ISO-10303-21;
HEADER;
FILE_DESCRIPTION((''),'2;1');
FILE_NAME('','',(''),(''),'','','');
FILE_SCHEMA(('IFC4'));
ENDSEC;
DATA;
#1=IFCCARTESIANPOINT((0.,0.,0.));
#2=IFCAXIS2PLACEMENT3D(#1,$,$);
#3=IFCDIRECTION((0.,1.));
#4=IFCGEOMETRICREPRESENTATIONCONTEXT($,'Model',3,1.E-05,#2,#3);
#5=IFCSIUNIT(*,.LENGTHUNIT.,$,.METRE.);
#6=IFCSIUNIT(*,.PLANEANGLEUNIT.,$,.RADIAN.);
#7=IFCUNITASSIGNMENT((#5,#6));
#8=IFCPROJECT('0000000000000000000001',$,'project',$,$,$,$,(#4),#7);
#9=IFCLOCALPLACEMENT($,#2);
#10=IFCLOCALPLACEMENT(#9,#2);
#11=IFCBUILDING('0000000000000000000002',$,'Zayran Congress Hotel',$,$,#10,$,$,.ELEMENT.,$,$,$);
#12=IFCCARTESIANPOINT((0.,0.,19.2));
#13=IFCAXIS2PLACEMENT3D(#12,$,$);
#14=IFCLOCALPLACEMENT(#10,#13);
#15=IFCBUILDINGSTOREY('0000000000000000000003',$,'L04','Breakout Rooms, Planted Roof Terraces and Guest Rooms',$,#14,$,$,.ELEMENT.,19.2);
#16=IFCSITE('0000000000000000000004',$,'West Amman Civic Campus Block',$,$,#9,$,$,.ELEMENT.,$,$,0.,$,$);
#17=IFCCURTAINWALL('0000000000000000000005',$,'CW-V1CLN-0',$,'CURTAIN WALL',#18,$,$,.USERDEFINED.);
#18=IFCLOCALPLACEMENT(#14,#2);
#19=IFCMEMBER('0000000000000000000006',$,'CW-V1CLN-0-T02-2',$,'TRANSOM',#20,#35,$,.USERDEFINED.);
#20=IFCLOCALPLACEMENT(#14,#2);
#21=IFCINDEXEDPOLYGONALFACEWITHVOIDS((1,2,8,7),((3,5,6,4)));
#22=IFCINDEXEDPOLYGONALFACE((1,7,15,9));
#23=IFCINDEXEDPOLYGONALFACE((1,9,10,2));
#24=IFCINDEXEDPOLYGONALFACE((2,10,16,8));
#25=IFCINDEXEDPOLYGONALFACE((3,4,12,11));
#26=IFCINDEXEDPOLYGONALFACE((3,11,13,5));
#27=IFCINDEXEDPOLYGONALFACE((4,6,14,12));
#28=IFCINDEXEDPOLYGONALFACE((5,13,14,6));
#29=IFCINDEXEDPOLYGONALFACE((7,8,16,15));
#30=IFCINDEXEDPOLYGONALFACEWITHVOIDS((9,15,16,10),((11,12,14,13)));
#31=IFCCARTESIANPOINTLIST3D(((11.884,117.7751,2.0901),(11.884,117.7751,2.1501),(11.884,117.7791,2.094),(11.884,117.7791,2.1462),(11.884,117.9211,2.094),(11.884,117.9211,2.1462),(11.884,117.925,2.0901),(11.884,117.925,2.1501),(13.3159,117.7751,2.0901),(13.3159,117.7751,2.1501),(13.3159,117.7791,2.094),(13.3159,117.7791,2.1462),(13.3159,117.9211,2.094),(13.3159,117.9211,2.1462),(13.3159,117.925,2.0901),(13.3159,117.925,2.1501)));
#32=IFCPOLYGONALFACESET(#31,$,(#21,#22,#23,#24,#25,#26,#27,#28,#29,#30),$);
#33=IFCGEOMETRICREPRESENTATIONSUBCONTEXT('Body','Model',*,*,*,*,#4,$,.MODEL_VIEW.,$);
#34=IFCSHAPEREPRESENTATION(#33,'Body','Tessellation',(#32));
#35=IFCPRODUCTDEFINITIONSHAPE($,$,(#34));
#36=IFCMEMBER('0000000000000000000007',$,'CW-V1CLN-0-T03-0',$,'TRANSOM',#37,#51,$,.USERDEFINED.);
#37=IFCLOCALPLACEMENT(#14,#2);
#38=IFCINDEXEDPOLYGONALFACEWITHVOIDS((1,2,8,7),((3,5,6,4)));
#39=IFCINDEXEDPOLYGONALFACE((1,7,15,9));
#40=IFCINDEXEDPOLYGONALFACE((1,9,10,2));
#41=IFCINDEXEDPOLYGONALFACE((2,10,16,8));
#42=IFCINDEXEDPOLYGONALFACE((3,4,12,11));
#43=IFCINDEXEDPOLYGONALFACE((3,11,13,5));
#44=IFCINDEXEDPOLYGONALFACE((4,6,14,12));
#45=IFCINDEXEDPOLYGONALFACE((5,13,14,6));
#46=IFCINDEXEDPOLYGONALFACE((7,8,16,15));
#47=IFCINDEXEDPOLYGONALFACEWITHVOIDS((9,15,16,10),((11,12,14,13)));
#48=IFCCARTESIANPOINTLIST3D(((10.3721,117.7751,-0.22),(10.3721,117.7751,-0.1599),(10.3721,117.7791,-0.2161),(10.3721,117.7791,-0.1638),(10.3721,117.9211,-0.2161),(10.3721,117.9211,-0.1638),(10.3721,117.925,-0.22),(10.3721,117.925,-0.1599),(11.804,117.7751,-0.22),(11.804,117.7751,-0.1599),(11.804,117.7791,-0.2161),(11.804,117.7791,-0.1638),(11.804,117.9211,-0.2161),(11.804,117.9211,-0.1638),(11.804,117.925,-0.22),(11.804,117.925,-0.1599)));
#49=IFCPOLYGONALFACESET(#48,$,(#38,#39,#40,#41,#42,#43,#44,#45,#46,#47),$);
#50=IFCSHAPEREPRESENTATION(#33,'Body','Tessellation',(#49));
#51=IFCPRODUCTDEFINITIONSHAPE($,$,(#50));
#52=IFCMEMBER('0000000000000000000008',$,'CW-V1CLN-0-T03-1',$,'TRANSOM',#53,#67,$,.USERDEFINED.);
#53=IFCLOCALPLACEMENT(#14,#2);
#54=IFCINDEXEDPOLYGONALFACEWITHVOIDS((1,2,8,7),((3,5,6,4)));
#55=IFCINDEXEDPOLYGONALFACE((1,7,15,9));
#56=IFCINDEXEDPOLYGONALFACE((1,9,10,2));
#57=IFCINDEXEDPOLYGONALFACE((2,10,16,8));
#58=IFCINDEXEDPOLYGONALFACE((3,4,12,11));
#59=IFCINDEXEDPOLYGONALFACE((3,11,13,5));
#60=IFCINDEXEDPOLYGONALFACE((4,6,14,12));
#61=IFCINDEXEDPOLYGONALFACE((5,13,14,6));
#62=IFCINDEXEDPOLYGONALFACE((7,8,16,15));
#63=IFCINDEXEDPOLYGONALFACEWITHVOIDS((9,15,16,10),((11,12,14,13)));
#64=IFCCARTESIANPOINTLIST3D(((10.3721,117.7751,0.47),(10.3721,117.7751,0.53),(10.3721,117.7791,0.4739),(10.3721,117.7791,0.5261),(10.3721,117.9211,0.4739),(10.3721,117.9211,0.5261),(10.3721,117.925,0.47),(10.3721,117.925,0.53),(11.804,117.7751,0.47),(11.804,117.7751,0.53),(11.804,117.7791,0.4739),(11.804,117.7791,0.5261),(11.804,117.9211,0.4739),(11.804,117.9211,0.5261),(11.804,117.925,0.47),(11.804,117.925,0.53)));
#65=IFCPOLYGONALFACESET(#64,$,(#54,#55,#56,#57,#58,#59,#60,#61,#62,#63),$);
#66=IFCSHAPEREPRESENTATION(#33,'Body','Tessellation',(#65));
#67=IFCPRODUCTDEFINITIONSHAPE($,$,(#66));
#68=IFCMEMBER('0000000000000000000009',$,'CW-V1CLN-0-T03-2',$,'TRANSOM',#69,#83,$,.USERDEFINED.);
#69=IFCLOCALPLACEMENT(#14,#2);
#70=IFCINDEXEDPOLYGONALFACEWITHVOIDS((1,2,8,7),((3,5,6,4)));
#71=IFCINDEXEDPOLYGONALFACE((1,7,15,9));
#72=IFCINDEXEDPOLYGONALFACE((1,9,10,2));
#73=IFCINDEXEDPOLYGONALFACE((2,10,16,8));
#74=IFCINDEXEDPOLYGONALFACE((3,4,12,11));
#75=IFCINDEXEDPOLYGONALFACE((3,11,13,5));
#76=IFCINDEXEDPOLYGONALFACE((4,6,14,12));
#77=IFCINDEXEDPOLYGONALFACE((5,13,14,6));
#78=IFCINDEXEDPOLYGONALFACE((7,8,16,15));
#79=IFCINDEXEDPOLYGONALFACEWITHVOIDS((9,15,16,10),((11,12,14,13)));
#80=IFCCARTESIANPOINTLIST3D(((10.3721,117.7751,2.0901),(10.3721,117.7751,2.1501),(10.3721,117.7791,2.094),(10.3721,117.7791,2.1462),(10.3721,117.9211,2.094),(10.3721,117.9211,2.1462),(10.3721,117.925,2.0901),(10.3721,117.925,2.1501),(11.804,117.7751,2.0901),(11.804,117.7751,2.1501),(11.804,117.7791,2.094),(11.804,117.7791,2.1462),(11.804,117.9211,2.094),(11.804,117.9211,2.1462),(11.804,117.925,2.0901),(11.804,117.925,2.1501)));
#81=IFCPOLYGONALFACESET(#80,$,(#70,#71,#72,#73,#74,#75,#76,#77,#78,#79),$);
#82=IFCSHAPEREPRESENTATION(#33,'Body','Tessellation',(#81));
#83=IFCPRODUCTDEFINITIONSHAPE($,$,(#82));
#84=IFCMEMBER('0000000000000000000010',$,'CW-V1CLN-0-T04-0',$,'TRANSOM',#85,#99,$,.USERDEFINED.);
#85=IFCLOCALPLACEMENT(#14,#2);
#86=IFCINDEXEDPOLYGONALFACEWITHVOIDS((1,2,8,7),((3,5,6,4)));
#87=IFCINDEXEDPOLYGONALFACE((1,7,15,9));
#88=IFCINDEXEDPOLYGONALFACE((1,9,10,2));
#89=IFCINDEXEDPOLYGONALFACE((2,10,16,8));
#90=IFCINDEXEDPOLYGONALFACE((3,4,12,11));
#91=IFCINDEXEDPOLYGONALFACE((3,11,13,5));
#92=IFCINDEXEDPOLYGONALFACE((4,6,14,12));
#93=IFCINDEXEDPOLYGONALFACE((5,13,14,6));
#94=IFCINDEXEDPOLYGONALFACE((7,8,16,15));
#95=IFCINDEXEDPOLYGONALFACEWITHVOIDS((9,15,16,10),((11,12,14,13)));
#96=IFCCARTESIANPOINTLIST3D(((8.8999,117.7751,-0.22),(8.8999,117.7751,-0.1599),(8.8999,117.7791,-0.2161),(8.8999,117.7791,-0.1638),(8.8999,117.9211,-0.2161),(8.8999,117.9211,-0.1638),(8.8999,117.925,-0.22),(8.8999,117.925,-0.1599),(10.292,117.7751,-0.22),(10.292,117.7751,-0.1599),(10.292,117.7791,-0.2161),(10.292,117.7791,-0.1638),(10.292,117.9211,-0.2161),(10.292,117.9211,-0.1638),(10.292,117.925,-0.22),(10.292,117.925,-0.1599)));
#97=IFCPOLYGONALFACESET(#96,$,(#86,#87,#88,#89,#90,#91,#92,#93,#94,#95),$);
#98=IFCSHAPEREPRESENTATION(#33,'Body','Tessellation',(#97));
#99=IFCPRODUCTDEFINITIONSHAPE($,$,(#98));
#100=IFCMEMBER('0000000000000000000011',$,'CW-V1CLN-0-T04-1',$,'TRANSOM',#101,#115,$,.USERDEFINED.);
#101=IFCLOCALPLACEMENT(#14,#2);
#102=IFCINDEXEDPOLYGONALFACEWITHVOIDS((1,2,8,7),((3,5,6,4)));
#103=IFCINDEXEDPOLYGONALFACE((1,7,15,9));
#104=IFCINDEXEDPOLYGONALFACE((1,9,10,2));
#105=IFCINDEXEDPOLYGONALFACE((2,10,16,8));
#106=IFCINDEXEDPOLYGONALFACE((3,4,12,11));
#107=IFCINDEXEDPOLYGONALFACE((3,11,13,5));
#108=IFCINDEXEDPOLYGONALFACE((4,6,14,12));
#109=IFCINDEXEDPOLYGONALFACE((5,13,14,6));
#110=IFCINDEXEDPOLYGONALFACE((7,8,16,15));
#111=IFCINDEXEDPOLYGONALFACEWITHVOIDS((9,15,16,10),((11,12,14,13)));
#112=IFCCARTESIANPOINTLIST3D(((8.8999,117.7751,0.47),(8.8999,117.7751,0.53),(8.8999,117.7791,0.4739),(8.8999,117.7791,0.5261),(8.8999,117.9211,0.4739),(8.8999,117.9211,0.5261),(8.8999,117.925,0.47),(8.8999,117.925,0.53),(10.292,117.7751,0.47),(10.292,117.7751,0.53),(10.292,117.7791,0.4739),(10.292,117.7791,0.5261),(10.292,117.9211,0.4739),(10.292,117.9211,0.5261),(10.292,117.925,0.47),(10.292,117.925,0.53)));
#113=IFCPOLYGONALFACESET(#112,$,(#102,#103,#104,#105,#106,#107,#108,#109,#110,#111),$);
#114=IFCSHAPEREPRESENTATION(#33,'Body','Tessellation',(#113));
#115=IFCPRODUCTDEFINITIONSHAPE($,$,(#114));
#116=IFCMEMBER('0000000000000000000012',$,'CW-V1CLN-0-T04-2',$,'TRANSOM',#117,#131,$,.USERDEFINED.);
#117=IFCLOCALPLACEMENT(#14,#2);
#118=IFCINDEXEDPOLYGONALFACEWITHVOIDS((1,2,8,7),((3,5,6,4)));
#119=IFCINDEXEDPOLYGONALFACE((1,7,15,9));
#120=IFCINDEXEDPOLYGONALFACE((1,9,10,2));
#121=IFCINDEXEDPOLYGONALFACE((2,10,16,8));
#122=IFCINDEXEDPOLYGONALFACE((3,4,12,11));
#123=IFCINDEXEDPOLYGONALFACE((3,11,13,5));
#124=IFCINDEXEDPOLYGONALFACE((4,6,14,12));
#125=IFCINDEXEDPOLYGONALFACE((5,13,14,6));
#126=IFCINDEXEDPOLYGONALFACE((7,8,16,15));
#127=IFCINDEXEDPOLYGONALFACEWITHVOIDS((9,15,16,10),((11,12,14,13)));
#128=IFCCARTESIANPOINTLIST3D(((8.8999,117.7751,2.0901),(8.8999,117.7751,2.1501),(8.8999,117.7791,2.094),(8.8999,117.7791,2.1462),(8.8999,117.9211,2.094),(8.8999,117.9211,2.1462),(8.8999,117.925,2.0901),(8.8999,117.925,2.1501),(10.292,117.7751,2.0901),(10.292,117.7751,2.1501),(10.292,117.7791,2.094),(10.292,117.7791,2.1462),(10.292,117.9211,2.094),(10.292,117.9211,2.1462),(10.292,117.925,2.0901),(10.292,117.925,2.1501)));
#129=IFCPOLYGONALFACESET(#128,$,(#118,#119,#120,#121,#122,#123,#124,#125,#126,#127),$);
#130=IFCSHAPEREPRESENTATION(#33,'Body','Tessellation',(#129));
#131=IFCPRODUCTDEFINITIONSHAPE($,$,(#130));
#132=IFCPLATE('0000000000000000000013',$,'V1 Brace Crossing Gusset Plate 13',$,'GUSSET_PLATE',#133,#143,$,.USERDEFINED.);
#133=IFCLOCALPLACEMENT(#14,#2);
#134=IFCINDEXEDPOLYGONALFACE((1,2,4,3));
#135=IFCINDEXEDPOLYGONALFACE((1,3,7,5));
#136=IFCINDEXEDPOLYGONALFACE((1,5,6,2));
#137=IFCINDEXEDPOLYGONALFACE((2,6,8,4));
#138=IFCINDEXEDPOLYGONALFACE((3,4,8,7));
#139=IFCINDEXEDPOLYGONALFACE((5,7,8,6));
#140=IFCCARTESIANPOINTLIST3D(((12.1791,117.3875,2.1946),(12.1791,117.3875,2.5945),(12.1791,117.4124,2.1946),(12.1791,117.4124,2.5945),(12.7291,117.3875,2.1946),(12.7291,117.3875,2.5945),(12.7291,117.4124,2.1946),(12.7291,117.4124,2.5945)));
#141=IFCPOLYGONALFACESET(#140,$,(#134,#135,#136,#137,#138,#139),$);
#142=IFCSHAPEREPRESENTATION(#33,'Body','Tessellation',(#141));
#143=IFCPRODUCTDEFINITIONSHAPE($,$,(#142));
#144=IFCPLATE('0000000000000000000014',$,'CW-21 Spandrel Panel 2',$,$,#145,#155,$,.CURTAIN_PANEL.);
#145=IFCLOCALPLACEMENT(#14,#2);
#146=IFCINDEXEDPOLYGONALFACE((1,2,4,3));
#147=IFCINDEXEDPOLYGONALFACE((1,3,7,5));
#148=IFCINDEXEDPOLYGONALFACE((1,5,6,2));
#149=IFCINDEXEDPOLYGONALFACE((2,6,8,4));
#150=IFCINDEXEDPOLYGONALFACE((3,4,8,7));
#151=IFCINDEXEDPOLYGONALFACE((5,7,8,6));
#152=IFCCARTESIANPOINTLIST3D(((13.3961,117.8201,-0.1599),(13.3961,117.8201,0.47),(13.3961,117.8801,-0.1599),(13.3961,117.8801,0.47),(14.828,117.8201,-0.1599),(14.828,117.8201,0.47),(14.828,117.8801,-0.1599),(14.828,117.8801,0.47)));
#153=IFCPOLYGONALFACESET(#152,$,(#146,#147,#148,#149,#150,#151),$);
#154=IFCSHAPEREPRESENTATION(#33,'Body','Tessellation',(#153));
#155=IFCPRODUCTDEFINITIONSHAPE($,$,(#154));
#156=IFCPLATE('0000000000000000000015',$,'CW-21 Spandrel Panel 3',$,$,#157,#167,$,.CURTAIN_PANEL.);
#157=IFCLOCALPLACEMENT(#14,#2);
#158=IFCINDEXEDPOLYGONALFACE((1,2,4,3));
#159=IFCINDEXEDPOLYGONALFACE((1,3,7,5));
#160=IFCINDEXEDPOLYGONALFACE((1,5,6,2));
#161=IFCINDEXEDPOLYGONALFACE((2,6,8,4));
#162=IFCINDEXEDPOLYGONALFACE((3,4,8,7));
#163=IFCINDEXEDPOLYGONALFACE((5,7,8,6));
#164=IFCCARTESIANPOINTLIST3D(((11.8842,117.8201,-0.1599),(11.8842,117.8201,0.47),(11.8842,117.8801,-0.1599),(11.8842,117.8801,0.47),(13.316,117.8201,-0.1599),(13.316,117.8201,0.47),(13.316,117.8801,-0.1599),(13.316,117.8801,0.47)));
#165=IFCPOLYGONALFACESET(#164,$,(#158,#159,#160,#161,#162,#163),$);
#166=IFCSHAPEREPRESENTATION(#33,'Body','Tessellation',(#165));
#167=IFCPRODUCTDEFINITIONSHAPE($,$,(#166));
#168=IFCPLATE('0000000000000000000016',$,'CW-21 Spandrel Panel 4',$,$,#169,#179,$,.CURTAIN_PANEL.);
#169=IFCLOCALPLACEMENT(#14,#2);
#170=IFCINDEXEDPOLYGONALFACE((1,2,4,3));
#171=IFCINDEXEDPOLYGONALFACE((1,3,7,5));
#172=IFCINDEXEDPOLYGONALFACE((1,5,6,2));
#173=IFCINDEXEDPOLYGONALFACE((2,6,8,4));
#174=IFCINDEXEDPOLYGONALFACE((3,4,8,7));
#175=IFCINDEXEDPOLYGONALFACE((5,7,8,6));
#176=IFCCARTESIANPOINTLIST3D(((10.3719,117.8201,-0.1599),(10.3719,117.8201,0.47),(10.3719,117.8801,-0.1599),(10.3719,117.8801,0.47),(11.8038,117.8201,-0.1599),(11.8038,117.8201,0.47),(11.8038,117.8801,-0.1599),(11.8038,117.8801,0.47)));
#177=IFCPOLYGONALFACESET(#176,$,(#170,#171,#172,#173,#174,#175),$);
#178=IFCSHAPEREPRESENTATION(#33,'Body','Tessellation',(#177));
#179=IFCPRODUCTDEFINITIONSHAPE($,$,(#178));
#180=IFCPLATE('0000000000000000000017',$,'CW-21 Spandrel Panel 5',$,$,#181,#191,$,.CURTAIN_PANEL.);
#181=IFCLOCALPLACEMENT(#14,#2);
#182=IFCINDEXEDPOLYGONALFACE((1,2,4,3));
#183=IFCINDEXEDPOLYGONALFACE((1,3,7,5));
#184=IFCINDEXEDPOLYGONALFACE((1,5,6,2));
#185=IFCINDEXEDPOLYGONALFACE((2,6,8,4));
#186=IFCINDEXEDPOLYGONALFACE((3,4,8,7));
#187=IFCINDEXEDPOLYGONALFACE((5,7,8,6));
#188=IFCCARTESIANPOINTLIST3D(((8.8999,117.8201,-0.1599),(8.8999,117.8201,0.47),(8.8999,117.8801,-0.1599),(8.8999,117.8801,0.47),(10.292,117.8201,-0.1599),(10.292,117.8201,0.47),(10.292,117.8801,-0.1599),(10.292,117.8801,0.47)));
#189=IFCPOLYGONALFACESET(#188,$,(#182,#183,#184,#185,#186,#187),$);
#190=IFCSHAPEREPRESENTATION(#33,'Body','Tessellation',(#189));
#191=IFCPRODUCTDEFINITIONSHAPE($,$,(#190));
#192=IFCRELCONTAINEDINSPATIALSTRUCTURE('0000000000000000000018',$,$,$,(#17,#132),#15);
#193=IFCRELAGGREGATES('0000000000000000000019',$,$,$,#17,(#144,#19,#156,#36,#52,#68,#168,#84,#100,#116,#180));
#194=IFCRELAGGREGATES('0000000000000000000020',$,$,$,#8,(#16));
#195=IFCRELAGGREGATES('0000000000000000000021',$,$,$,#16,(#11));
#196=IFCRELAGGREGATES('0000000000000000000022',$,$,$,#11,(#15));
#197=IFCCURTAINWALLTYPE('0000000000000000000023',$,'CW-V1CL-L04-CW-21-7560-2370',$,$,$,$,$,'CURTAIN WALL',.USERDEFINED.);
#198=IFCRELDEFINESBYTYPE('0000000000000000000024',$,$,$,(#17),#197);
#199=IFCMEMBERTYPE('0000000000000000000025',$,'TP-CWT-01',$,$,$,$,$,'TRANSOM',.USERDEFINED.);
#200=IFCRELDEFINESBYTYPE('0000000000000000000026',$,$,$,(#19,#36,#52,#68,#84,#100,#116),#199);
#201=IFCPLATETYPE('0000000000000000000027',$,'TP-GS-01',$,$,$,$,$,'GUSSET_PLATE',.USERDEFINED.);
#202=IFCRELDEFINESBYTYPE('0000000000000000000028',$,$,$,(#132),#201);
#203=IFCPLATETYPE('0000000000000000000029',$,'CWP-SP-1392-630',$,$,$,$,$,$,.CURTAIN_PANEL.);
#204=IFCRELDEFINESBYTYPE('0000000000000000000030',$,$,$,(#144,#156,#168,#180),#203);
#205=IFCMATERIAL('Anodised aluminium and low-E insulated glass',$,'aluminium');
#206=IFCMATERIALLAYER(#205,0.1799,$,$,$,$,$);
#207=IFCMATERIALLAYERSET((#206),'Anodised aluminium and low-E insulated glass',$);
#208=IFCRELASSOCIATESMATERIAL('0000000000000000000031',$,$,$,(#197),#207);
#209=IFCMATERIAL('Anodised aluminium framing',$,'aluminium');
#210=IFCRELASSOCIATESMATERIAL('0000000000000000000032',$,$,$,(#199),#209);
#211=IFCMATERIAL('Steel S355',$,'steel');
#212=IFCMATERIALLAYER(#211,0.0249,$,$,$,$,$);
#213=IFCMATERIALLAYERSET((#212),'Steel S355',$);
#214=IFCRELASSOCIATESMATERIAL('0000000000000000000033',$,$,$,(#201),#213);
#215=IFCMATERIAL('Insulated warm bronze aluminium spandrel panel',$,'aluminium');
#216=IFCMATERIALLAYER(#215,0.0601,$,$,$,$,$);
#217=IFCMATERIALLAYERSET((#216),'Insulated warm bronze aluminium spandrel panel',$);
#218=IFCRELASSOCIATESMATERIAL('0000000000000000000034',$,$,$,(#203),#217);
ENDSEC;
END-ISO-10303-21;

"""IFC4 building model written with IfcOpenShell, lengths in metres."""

from ifc_helpers import new_model, si_unit, direction, frame, origin, origin_2d, place, context, subcontext, project, spatial, rectangle, hollow_rectangle, extrude, material, layer, layer_set, material_profile, profile_set, type_object, element, aggregate, save


model = new_model("IFC4")

# Units and contexts
model_context = context("Model", 3, precision=1e-05, world=origin(), true_north=direction((0.0, 1.0)))
body_context = subcontext(model_context, "Body", "Model", "MODEL_VIEW")
ifc_project = project(units=[si_unit("LENGTHUNIT", "METRE"), si_unit("PLANEANGLEUNIT", "RADIAN")], contexts=[model_context])

# Site, building, storey
site_placement = place(None, origin())
site = spatial("IfcSite", under=ifc_project, at=site_placement, Name="West Amman Civic Campus Block", CompositionType="ELEMENT", RefElevation=0.0)
building_placement = place(site_placement, origin())
building = spatial("IfcBuilding", under=site, at=building_placement, Name="Zayran Congress Hotel", CompositionType="ELEMENT")
storey_placement = place(building_placement, frame((0.0, 0.0, 19.2)))
storey = spatial("IfcBuildingStorey", under=building, at=storey_placement, Name="L04", Description="Breakout Rooms, Planted Roof Terraces and Guest Rooms", CompositionType="ELEMENT", Elevation=19.2)

# Shared definitions
ifc_material_1 = material(Name="Steel S355", Category="steel")

# Curtain wall, members
ifc_material_2 = material(Name="Anodised aluminium and low-E insulated glass", Category="aluminium")
ifc_layer_1 = layer(ifc_material_2, 0.1799)
ifc_layer_set_1 = layer_set([ifc_layer_1], Name="Anodised aluminium and low-E insulated glass")
curtain_wall_type = type_object("IfcCurtainWallType", Name="CW-V1CL-L04-CW-21-7560-2370", ElementType="CURTAIN WALL", PredefinedType="USERDEFINED", material=ifc_layer_set_1)
curtain_wall_placement = place(storey_placement, origin())
curtain_wall = element("IfcCurtainWall", 1, at=curtain_wall_placement, inside=storey, type_object=curtain_wall_type, Name="CW-V1CLN-0", ObjectType="CURTAIN WALL", PredefinedType="USERDEFINED")
ifc_material_3 = material(Name="Anodised aluminium framing", Category="aluminium")
ifc_material_profile_1 = material_profile(ifc_material_3, hollow_rectangle(XDim=0.0601, YDim=0.1499, WallThickness=0.0039, at=origin_2d()), Name="RHS 150x60x4")
ifc_profile_set_1 = profile_set([ifc_material_profile_1], Name="Anodised aluminium framing")
member_type_1 = type_object("IfcMemberType", Name="TP-CWT-01", ElementType="TRANSOM", PredefinedType="USERDEFINED", material=ifc_profile_set_1)
member_1_placement = place(storey_placement, frame((13.3159, 117.8501, 2.1201), z_axis=(-1.0, 0.0, 0.0), x_axis=(0.0, 0.0, 1.0)))
member_1 = element("IfcMember", 2, at=member_1_placement, type_object=member_type_1, Name="CW-V1CLN-0-T02-2", ObjectType="TRANSOM", PredefinedType="USERDEFINED", context=body_context, shape_type="SweptSolid", body=[
    extrude(hollow_rectangle(XDim=0.0601, YDim=0.1499, WallThickness=0.0039, at=origin_2d()), origin(), (0.0, 0.0, 1.0), 1.4319),
])
member_2_placement = place(storey_placement, frame((11.804, 117.8501, -0.1899), z_axis=(-1.0, 0.0, 0.0), x_axis=(0.0, 0.0, 1.0)))
member_2 = element("IfcMember", 3, at=member_2_placement, type_object=member_type_1, Name="CW-V1CLN-0-T03-0", ObjectType="TRANSOM", PredefinedType="USERDEFINED", context=body_context, shape_type="SweptSolid", body=[
    extrude(hollow_rectangle(XDim=0.0601, YDim=0.1499, WallThickness=0.0039, at=origin_2d()), origin(), (0.0, 0.0, 1.0), 1.4319),
])
member_3_placement = place(storey_placement, frame((11.804, 117.8501, 0.5), z_axis=(-1.0, 0.0, 0.0), x_axis=(0.0, 0.0, 1.0)))
member_3 = element("IfcMember", 4, at=member_3_placement, type_object=member_type_1, Name="CW-V1CLN-0-T03-1", ObjectType="TRANSOM", PredefinedType="USERDEFINED", context=body_context, shape_type="SweptSolid", body=[
    extrude(hollow_rectangle(XDim=0.0601, YDim=0.1499, WallThickness=0.0039, at=origin_2d()), origin(), (0.0, 0.0, 1.0), 1.4319),
])
member_4_placement = place(storey_placement, frame((11.804, 117.8501, 2.1201), z_axis=(-1.0, 0.0, 0.0), x_axis=(0.0, 0.0, 1.0)))
member_4 = element("IfcMember", 5, at=member_4_placement, type_object=member_type_1, Name="CW-V1CLN-0-T03-2", ObjectType="TRANSOM", PredefinedType="USERDEFINED", context=body_context, shape_type="SweptSolid", body=[
    extrude(hollow_rectangle(XDim=0.0601, YDim=0.1499, WallThickness=0.0039, at=origin_2d()), origin(), (0.0, 0.0, 1.0), 1.4319),
])
member_5_placement = place(storey_placement, frame((10.292, 117.8501, -0.1899), z_axis=(-1.0, 0.0, 0.0), x_axis=(0.0, 0.0, 1.0)))
member_5 = element("IfcMember", 6, at=member_5_placement, type_object=member_type_1, Name="CW-V1CLN-0-T04-0", ObjectType="TRANSOM", PredefinedType="USERDEFINED", context=body_context, shape_type="SweptSolid", body=[
    extrude(hollow_rectangle(XDim=0.0601, YDim=0.1499, WallThickness=0.0039, at=origin_2d()), origin(), (0.0, 0.0, 1.0), 1.3921),
])
member_6_placement = place(storey_placement, frame((10.292, 117.8501, 0.5), z_axis=(-1.0, 0.0, 0.0), x_axis=(0.0, 0.0, 1.0)))
member_6 = element("IfcMember", 7, at=member_6_placement, type_object=member_type_1, Name="CW-V1CLN-0-T04-1", ObjectType="TRANSOM", PredefinedType="USERDEFINED", context=body_context, shape_type="SweptSolid", body=[
    extrude(hollow_rectangle(XDim=0.0601, YDim=0.1499, WallThickness=0.0039, at=origin_2d()), origin(), (0.0, 0.0, 1.0), 1.3921),
])
member_7_placement = place(storey_placement, frame((10.292, 117.8501, 2.1201), z_axis=(-1.0, 0.0, 0.0), x_axis=(0.0, 0.0, 1.0)))
member_7 = element("IfcMember", 8, at=member_7_placement, type_object=member_type_1, Name="CW-V1CLN-0-T04-2", ObjectType="TRANSOM", PredefinedType="USERDEFINED", context=body_context, shape_type="SweptSolid", body=[
    extrude(hollow_rectangle(XDim=0.0601, YDim=0.1499, WallThickness=0.0039, at=origin_2d()), origin(), (0.0, 0.0, 1.0), 1.3921),
])

# Plates
ifc_layer_2 = layer(ifc_material_1, 0.0249)
ifc_layer_set_2 = layer_set([ifc_layer_2], Name="Steel S355")
plate_type_1 = type_object("IfcPlateType", Name="TP-GS-01", ElementType="GUSSET_PLATE", PredefinedType="USERDEFINED", material=ifc_layer_set_2)
plate_1_placement = place(storey_placement, frame((12.4541, 117.3999, 2.1946), z_axis=(0.0, 0.0, 1.0), x_axis=(1.0, 0.0, 0.0)))
element("IfcPlate", 9, at=plate_1_placement, inside=storey, type_object=plate_type_1, Name="V1 Brace Crossing Gusset Plate 13", ObjectType="GUSSET_PLATE", PredefinedType="USERDEFINED", context=body_context, shape_type="SweptSolid", body=[
    extrude(rectangle(XDim=0.55, YDim=0.0249, at=origin_2d()), origin(), (0.0, 0.0, 1.0), 0.3999),
])
ifc_material_4 = material(Name="Insulated warm bronze aluminium spandrel panel", Category="aluminium")
ifc_layer_3 = layer(ifc_material_4, 0.0601)
ifc_layer_set_3 = layer_set([ifc_layer_3], Name="Insulated warm bronze aluminium spandrel panel")
plate_type_2 = type_object("IfcPlateType", Name="CWP-SP-1392-630", PredefinedType="CURTAIN_PANEL", material=ifc_layer_set_3)
plate_2_placement = place(storey_placement, frame((14.1121, 117.8501, -0.1599), z_axis=(0.0, 0.0, 1.0), x_axis=(1.0, 0.0, 0.0)))
plate_2 = element("IfcPlate", 10, at=plate_2_placement, type_object=plate_type_2, Name="CW-21 Spandrel Panel 2", PredefinedType="CURTAIN_PANEL", context=body_context, shape_type="SweptSolid", body=[
    extrude(rectangle(XDim=1.4319, YDim=0.0601, at=origin_2d()), origin(), (0.0, 0.0, 1.0), 0.6299),
])
plate_3_placement = place(storey_placement, frame((12.6001, 117.8501, -0.1599), z_axis=(0.0, 0.0, 1.0), x_axis=(1.0, 0.0, 0.0)))
plate_3 = element("IfcPlate", 11, at=plate_3_placement, type_object=plate_type_2, Name="CW-21 Spandrel Panel 3", PredefinedType="CURTAIN_PANEL", context=body_context, shape_type="SweptSolid", body=[
    extrude(rectangle(XDim=1.4319, YDim=0.0601, at=origin_2d()), origin(), (0.0, 0.0, 1.0), 0.6299),
])
plate_4_placement = place(storey_placement, frame((11.0879, 117.8501, -0.1599), z_axis=(0.0, 0.0, 1.0), x_axis=(1.0, 0.0, 0.0)))
plate_4 = element("IfcPlate", 12, at=plate_4_placement, type_object=plate_type_2, Name="CW-21 Spandrel Panel 4", PredefinedType="CURTAIN_PANEL", context=body_context, shape_type="SweptSolid", body=[
    extrude(rectangle(XDim=1.4319, YDim=0.0601, at=origin_2d()), origin(), (0.0, 0.0, 1.0), 0.6299),
])
plate_5_placement = place(storey_placement, frame((9.5959, 117.8501, -0.1599), z_axis=(0.0, 0.0, 1.0), x_axis=(1.0, 0.0, 0.0)))
plate_5 = element("IfcPlate", 13, at=plate_5_placement, type_object=plate_type_2, Name="CW-21 Spandrel Panel 5", PredefinedType="CURTAIN_PANEL", context=body_context, shape_type="SweptSolid", body=[
    extrude(rectangle(XDim=1.3921, YDim=0.0601, at=origin_2d()), origin(), (0.0, 0.0, 1.0), 0.6299),
])
aggregate(curtain_wall, [plate_2, member_1, plate_3, member_2, member_3, member_4, plate_4, member_5, member_6, member_7, plate_5])

save(model, "model.ifc")
